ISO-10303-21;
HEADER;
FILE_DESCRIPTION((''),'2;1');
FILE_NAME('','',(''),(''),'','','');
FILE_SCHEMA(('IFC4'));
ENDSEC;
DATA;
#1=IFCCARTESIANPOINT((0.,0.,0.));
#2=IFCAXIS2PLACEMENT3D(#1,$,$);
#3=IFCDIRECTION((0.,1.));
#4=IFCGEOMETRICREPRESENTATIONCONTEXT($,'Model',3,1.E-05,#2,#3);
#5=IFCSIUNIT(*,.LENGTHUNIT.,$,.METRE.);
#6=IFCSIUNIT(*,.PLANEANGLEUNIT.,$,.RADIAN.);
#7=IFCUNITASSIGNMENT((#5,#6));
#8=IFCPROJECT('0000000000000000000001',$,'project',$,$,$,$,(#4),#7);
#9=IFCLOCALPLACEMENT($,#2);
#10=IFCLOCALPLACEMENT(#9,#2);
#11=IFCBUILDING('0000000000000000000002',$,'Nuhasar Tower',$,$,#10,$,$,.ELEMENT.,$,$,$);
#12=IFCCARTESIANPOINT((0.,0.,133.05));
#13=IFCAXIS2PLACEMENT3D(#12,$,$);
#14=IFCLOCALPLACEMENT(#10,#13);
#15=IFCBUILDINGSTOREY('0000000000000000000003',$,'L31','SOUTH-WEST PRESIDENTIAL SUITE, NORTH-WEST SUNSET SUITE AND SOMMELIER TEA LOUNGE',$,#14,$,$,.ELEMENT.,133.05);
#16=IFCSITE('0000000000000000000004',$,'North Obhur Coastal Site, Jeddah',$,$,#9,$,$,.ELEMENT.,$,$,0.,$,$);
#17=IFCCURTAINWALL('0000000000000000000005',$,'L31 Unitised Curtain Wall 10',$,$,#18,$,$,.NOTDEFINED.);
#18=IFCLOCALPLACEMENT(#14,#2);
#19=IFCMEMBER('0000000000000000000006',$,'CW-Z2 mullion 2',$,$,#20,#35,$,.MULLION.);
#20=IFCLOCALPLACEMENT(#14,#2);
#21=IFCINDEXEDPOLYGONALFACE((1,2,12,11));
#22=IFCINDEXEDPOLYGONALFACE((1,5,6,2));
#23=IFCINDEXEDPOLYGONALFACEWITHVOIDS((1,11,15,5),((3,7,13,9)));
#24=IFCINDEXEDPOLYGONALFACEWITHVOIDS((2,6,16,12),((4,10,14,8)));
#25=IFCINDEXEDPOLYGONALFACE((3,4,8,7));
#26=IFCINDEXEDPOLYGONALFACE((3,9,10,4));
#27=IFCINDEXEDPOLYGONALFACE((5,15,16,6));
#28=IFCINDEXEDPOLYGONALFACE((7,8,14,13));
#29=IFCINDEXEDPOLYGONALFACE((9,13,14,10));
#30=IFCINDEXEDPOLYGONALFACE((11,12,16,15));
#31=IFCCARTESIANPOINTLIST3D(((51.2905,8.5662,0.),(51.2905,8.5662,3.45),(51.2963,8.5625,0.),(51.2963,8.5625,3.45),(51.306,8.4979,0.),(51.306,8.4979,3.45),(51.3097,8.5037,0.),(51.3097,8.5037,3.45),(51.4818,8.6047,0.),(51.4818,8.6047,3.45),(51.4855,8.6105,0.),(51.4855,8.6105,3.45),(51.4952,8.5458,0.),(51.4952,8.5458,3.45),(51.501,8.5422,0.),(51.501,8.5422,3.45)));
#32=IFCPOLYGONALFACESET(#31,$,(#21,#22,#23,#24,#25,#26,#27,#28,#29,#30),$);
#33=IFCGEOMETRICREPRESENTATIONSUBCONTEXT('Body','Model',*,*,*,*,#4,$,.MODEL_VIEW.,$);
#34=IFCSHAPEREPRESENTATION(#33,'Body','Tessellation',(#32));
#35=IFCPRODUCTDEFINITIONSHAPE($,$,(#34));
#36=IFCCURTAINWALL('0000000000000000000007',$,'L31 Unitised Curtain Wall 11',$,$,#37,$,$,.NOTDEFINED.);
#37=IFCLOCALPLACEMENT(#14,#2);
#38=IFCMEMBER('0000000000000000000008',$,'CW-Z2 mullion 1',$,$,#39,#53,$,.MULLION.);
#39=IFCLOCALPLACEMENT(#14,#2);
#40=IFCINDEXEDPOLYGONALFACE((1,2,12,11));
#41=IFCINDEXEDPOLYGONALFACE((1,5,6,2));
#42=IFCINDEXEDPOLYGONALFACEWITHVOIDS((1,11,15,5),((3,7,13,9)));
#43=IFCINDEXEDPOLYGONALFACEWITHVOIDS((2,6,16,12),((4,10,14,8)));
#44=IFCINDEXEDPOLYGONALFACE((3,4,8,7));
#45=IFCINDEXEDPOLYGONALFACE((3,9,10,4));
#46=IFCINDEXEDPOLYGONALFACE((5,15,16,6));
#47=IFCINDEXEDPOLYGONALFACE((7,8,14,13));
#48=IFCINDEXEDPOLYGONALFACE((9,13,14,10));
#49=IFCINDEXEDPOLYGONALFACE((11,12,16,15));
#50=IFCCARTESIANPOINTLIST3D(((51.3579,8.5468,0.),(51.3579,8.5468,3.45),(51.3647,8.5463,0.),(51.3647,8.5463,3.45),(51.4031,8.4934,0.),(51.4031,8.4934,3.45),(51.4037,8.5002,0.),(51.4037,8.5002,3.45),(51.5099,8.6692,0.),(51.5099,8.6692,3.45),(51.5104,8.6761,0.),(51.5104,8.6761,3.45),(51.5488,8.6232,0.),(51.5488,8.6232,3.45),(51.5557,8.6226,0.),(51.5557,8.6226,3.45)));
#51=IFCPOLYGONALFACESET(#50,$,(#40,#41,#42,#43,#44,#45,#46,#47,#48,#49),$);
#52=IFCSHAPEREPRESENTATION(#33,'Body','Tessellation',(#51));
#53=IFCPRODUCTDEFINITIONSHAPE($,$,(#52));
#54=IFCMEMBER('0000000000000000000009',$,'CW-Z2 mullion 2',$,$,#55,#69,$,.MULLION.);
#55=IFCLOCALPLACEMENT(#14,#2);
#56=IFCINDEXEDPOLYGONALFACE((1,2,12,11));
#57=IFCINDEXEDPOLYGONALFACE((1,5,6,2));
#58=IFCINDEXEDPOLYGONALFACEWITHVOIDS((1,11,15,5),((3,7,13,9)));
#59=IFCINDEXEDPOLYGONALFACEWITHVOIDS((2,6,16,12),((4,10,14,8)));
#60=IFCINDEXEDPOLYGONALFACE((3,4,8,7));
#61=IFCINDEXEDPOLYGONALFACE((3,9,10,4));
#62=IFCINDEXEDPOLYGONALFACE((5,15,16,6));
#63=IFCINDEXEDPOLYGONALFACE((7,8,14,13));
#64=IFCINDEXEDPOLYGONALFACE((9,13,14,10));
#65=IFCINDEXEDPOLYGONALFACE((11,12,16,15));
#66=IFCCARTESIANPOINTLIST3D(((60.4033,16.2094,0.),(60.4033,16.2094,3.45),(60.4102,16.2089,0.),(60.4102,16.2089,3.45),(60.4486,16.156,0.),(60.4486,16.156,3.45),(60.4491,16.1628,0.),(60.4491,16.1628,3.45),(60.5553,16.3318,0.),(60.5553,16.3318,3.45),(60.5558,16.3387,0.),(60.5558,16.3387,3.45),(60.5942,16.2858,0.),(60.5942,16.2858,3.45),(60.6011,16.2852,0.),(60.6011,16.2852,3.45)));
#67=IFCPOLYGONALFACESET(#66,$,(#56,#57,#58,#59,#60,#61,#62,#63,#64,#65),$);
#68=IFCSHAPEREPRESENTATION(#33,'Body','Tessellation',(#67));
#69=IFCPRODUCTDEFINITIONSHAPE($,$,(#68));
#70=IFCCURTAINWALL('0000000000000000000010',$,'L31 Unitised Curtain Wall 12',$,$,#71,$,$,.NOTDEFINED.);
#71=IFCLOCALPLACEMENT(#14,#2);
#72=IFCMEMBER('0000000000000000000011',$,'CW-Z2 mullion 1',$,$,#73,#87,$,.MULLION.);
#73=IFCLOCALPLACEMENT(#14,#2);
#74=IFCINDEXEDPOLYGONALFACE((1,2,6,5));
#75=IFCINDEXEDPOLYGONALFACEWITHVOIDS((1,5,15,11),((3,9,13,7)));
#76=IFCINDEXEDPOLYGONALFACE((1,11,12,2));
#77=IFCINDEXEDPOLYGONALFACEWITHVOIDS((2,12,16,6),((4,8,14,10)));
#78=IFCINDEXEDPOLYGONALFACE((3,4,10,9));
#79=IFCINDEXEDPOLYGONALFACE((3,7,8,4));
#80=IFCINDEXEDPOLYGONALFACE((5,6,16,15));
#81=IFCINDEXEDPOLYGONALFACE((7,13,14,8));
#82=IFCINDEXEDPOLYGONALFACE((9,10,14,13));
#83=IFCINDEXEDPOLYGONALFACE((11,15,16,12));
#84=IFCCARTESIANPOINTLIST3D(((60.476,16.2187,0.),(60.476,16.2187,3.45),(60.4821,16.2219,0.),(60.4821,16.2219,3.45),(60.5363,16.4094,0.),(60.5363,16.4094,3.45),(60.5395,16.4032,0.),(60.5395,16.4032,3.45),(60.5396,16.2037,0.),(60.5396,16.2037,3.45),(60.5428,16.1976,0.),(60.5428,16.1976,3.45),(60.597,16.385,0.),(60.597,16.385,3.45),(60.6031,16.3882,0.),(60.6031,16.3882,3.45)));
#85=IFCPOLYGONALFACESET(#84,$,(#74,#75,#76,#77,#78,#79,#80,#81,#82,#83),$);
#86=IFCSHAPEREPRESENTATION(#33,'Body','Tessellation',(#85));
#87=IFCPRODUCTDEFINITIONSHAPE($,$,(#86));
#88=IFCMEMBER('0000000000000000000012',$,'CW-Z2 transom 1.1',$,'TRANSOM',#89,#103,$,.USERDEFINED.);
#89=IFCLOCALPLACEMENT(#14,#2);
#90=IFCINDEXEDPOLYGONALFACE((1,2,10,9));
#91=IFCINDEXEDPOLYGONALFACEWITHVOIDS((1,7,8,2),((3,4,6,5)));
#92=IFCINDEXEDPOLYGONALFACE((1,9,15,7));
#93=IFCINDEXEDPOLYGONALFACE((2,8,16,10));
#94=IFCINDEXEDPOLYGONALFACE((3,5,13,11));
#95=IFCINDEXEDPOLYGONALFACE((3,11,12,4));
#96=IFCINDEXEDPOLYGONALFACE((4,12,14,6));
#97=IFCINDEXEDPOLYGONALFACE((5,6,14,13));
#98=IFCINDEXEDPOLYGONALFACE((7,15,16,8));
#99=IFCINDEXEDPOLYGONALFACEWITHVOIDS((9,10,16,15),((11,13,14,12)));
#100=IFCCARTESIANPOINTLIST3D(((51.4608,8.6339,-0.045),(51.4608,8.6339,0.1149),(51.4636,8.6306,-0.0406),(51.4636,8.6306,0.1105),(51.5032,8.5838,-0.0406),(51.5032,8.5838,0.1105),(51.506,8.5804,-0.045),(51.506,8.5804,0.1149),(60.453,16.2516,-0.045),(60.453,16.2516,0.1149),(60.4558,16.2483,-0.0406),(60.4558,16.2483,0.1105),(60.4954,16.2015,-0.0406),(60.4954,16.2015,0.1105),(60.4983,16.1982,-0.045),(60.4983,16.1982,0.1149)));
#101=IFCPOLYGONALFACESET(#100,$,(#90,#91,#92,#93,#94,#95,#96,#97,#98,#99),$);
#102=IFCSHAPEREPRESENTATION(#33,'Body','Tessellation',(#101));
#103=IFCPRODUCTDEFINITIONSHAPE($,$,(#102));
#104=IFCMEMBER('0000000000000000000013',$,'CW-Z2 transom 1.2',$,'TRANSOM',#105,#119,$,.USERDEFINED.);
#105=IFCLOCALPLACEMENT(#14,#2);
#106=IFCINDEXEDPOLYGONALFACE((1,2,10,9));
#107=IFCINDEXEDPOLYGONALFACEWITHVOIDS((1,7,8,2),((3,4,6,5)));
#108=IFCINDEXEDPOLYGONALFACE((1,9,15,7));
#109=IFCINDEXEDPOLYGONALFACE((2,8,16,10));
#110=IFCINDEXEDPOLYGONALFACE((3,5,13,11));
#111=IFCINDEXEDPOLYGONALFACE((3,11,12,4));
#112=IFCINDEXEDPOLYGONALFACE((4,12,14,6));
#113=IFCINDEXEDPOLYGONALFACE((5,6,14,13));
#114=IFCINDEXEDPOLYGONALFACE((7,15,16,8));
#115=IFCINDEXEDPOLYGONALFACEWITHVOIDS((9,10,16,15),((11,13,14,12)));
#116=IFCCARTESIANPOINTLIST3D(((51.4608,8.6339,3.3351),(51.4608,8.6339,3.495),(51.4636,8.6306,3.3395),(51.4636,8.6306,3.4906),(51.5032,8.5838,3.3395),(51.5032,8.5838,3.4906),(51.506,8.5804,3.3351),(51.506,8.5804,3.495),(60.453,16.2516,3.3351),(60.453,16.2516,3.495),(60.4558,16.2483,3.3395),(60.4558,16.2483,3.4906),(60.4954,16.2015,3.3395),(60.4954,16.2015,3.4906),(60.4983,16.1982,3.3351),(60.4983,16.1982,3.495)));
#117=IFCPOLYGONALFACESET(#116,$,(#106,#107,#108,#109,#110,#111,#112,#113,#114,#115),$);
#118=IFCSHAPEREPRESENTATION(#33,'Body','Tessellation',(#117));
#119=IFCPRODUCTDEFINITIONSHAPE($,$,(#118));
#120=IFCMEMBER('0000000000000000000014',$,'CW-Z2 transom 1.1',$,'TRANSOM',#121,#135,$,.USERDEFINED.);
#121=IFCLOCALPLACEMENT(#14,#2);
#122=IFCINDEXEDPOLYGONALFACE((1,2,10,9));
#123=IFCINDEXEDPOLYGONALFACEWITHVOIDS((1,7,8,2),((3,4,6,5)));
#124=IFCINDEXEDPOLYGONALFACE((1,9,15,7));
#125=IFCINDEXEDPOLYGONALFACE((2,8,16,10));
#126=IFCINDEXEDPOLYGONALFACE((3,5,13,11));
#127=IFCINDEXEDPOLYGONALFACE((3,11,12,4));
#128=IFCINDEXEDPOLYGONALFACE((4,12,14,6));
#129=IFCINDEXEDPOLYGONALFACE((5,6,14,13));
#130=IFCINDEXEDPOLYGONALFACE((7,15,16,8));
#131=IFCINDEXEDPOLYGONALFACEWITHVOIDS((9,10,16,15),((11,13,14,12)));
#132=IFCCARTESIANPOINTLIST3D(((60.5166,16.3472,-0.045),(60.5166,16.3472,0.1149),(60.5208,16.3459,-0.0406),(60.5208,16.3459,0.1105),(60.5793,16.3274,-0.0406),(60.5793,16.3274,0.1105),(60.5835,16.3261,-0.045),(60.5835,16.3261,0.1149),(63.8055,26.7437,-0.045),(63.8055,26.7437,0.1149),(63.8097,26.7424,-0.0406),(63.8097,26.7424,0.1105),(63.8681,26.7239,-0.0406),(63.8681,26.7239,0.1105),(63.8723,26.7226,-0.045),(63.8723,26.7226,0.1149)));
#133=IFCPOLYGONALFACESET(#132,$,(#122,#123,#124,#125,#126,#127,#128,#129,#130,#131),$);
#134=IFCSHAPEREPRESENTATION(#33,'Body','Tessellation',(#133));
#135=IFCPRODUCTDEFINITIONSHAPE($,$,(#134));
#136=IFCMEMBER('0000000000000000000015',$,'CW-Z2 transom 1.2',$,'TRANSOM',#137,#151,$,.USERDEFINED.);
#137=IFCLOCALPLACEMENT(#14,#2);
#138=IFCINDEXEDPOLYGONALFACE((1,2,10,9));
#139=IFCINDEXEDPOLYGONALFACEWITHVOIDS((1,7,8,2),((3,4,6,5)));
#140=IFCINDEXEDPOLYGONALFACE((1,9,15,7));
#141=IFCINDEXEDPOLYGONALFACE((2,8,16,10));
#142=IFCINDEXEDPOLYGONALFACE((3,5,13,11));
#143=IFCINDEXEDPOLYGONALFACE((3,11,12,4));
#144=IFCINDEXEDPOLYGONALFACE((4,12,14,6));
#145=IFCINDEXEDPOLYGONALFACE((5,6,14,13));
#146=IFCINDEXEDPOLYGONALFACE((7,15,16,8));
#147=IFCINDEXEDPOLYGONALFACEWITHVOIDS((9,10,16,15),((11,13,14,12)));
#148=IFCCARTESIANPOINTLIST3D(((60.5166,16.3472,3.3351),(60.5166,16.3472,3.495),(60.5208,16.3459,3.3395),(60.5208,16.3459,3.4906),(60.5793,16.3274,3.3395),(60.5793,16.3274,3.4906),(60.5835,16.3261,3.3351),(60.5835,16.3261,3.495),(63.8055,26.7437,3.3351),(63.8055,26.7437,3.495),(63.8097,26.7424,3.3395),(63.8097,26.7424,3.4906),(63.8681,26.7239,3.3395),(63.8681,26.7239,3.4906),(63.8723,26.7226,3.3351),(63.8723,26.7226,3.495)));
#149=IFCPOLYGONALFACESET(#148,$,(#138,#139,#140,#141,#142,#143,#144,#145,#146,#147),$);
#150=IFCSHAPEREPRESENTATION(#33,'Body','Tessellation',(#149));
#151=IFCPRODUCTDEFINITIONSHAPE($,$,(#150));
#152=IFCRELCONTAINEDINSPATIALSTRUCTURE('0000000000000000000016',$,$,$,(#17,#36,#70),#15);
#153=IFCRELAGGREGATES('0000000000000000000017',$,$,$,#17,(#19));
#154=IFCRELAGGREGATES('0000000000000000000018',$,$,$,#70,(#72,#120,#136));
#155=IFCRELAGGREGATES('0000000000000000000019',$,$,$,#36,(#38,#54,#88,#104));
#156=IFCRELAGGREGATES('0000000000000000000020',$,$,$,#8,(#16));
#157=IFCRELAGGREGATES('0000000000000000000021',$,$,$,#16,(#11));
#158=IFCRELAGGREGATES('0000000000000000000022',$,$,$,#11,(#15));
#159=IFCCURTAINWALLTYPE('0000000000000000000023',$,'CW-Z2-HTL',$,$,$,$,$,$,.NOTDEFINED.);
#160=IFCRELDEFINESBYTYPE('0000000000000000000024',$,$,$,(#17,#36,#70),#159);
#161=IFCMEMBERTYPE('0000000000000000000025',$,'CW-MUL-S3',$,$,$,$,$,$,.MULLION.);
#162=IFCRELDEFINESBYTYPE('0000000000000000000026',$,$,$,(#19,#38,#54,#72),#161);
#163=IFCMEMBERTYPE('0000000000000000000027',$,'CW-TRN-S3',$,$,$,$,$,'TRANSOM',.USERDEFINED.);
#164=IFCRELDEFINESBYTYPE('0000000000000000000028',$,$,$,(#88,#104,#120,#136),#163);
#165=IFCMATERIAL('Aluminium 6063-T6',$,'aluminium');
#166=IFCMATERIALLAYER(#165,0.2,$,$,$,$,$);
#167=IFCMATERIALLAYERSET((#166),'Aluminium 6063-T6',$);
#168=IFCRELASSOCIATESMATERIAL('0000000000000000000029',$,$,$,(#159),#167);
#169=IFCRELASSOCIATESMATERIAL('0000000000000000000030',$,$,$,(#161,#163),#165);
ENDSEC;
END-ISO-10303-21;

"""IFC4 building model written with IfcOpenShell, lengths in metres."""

from ifc_helpers import new_model, si_unit, direction, frame, origin, origin_2d, place, context, subcontext, project, spatial, hollow_rectangle, extrude, material, layer, layer_set, material_profile, profile_set, type_object, element, aggregate, save


model = new_model("IFC4")

# Units and contexts
model_context = context("Model", 3, precision=1e-05, world=origin(), true_north=direction((0.0, 1.0)))
body_context = subcontext(model_context, "Body", "Model", "MODEL_VIEW")
ifc_project = project(units=[si_unit("LENGTHUNIT", "METRE"), si_unit("PLANEANGLEUNIT", "RADIAN")], contexts=[model_context])

# Site, building, storey
site_placement = place(None, origin())
site = spatial("IfcSite", under=ifc_project, at=site_placement, Name="North Obhur Coastal Site, Jeddah", CompositionType="ELEMENT", RefElevation=0.0)
building_placement = place(site_placement, origin())
building = spatial("IfcBuilding", under=site, at=building_placement, Name="Nuhasar Tower", CompositionType="ELEMENT")
storey_placement = place(building_placement, frame((0.0, 0.0, 133.05)))
storey = spatial("IfcBuildingStorey", under=building, at=storey_placement, Name="L31", Description="SOUTH-WEST PRESIDENTIAL SUITE, NORTH-WEST SUNSET SUITE AND SOMMELIER TEA LOUNGE", CompositionType="ELEMENT", Elevation=133.05)

# Curtain wall, member
ifc_material_1 = material(Name="Aluminium 6063-T6", Category="aluminium")
ifc_layer_1 = layer(ifc_material_1, 0.2)
ifc_layer_set_1 = layer_set([ifc_layer_1], Name="Aluminium 6063-T6")
curtain_wall_type = type_object("IfcCurtainWallType", Name="CW-Z2-HTL", PredefinedType="NOTDEFINED", material=ifc_layer_set_1)
curtain_wall_1_placement = place(storey_placement, origin())
curtain_wall_1 = element("IfcCurtainWall", 1, at=curtain_wall_1_placement, inside=storey, type_object=curtain_wall_type, Name="L31 Unitised Curtain Wall 10", PredefinedType="NOTDEFINED")
ifc_material_profile_1 = material_profile(ifc_material_1, hollow_rectangle(XDim=0.0701, YDim=0.2, WallThickness=0.0049, at=origin_2d()), Name="CWM-3")
ifc_profile_set_1 = profile_set([ifc_material_profile_1], Name="Aluminium 6063-T6")
member_type_1 = type_object("IfcMemberType", Name="CW-MUL-S3", PredefinedType="MULLION", material=ifc_profile_set_1)
member_1_placement = place(storey_placement, frame((51.3958, 8.5542, 0.0), z_axis=(0.0, 0.0, 1.0), x_axis=(-0.221397, 0.975184, 0.0)))
member_1 = element("IfcMember", 2, at=member_1_placement, type_object=member_type_1, Name="CW-Z2 mullion 2", PredefinedType="MULLION", context=body_context, shape_type="SweptSolid", body=[
    extrude(hollow_rectangle(XDim=0.0701, YDim=0.2, WallThickness=0.0049, at=origin_2d()), origin(), (0.0, 0.0, 1.0), 3.45),
])
aggregate(curtain_wall_1, [member_1])

# Curtain wall, members
curtain_wall_2_placement = place(storey_placement, origin())
curtain_wall_2 = element("IfcCurtainWall", 3, at=curtain_wall_2_placement, inside=storey, type_object=curtain_wall_type, Name="L31 Unitised Curtain Wall 11", PredefinedType="NOTDEFINED")
member_2_placement = place(storey_placement, frame((51.4568, 8.5847, 0.0), z_axis=(0.0, 0.0, 1.0), x_axis=(-0.646374, 0.76302, 0.0)))
member_2 = element("IfcMember", 4, at=member_2_placement, type_object=member_type_1, Name="CW-Z2 mullion 1", PredefinedType="MULLION", context=body_context, shape_type="SweptSolid", body=[
    extrude(hollow_rectangle(XDim=0.0701, YDim=0.2, WallThickness=0.0049, at=origin_2d()), origin(), (0.0, 0.0, 1.0), 3.45),
])
member_3_placement = place(storey_placement, frame((60.5022, 16.2473, 0.0), z_axis=(0.0, 0.0, 1.0), x_axis=(-0.646374, 0.76302, 0.0)))
member_3 = element("IfcMember", 5, at=member_3_placement, type_object=member_type_1, Name="CW-Z2 mullion 2", PredefinedType="MULLION", context=body_context, shape_type="SweptSolid", body=[
    extrude(hollow_rectangle(XDim=0.0701, YDim=0.2, WallThickness=0.0049, at=origin_2d()), origin(), (0.0, 0.0, 1.0), 3.45),
])

# Curtain wall, member
curtain_wall_3_placement = place(storey_placement, origin())
curtain_wall_3 = element("IfcCurtainWall", 6, at=curtain_wall_3_placement, inside=storey, type_object=curtain_wall_type, Name="L31 Unitised Curtain Wall 12", PredefinedType="NOTDEFINED")
member_4_placement = place(storey_placement, frame((60.5396, 16.3035, 0.0), z_axis=(0.0, 0.0, 1.0), x_axis=(-0.953433, 0.301604, 0.0)))
member_4 = element("IfcMember", 7, at=member_4_placement, type_object=member_type_1, Name="CW-Z2 mullion 1", PredefinedType="MULLION", context=body_context, shape_type="SweptSolid", body=[
    extrude(hollow_rectangle(XDim=0.0701, YDim=0.2, WallThickness=0.0049, at=origin_2d()), origin(), (0.0, 0.0, 1.0), 3.45),
])

# Members
ifc_material_profile_2 = material_profile(ifc_material_1, hollow_rectangle(XDim=0.0701, YDim=0.1599, WallThickness=0.0044, at=origin_2d()), Name="CWT-3")
ifc_profile_set_2 = profile_set([ifc_material_profile_2], Name="Aluminium 6063-T6")
member_type_2 = type_object("IfcMemberType", Name="CW-TRN-S3", ElementType="TRANSOM", PredefinedType="USERDEFINED", material=ifc_profile_set_2)
member_5_placement = place(storey_placement, frame((51.4834, 8.6072, 0.0349), z_axis=(0.763014, 0.646382, 0.0), x_axis=(-0.646382, 0.763014, 0.0)))
member_5 = element("IfcMember", 8, at=member_5_placement, type_object=member_type_2, Name="CW-Z2 transom 1.1", ObjectType="TRANSOM", PredefinedType="USERDEFINED", context=body_context, shape_type="SweptSolid", body=[
    extrude(hollow_rectangle(XDim=0.0701, YDim=0.1599, WallThickness=0.0044, at=origin_2d()), origin(), (0.0, 0.0, 1.0), 11.7852),
])
member_6_placement = place(storey_placement, frame((51.4834, 8.6072, 3.415), z_axis=(0.763014, 0.646382, 0.0), x_axis=(-0.646382, 0.763014, 0.0)))
member_6 = element("IfcMember", 9, at=member_6_placement, type_object=member_type_2, Name="CW-Z2 transom 1.2", ObjectType="TRANSOM", PredefinedType="USERDEFINED", context=body_context, shape_type="SweptSolid", body=[
    extrude(hollow_rectangle(XDim=0.0701, YDim=0.1599, WallThickness=0.0044, at=origin_2d()), origin(), (0.0, 0.0, 1.0), 11.7852),
])
member_7_placement = place(storey_placement, frame((60.55, 16.3367, 0.0349), z_axis=(0.301608, 0.953432, 0.0), x_axis=(-0.953432, 0.301608, 0.0)))
member_7 = element("IfcMember", 10, at=member_7_placement, type_object=member_type_2, Name="CW-Z2 transom 1.1", ObjectType="TRANSOM", PredefinedType="USERDEFINED", context=body_context, shape_type="SweptSolid", body=[
    extrude(hollow_rectangle(XDim=0.0701, YDim=0.1599, WallThickness=0.0044, at=origin_2d()), origin(), (0.0, 0.0, 1.0), 10.9043),
])
member_8_placement = place(storey_placement, frame((60.55, 16.3367, 3.415), z_axis=(0.301608, 0.953432, 0.0), x_axis=(-0.953432, 0.301608, 0.0)))
member_8 = element("IfcMember", 11, at=member_8_placement, type_object=member_type_2, Name="CW-Z2 transom 1.2", ObjectType="TRANSOM", PredefinedType="USERDEFINED", context=body_context, shape_type="SweptSolid", body=[
    extrude(hollow_rectangle(XDim=0.0701, YDim=0.1599, WallThickness=0.0044, at=origin_2d()), origin(), (0.0, 0.0, 1.0), 10.9043),
])
aggregate(curtain_wall_3, [member_4, member_7, member_8])

aggregate(curtain_wall_2, [member_2, member_3, member_5, member_6])

save(model, "model.ifc")
